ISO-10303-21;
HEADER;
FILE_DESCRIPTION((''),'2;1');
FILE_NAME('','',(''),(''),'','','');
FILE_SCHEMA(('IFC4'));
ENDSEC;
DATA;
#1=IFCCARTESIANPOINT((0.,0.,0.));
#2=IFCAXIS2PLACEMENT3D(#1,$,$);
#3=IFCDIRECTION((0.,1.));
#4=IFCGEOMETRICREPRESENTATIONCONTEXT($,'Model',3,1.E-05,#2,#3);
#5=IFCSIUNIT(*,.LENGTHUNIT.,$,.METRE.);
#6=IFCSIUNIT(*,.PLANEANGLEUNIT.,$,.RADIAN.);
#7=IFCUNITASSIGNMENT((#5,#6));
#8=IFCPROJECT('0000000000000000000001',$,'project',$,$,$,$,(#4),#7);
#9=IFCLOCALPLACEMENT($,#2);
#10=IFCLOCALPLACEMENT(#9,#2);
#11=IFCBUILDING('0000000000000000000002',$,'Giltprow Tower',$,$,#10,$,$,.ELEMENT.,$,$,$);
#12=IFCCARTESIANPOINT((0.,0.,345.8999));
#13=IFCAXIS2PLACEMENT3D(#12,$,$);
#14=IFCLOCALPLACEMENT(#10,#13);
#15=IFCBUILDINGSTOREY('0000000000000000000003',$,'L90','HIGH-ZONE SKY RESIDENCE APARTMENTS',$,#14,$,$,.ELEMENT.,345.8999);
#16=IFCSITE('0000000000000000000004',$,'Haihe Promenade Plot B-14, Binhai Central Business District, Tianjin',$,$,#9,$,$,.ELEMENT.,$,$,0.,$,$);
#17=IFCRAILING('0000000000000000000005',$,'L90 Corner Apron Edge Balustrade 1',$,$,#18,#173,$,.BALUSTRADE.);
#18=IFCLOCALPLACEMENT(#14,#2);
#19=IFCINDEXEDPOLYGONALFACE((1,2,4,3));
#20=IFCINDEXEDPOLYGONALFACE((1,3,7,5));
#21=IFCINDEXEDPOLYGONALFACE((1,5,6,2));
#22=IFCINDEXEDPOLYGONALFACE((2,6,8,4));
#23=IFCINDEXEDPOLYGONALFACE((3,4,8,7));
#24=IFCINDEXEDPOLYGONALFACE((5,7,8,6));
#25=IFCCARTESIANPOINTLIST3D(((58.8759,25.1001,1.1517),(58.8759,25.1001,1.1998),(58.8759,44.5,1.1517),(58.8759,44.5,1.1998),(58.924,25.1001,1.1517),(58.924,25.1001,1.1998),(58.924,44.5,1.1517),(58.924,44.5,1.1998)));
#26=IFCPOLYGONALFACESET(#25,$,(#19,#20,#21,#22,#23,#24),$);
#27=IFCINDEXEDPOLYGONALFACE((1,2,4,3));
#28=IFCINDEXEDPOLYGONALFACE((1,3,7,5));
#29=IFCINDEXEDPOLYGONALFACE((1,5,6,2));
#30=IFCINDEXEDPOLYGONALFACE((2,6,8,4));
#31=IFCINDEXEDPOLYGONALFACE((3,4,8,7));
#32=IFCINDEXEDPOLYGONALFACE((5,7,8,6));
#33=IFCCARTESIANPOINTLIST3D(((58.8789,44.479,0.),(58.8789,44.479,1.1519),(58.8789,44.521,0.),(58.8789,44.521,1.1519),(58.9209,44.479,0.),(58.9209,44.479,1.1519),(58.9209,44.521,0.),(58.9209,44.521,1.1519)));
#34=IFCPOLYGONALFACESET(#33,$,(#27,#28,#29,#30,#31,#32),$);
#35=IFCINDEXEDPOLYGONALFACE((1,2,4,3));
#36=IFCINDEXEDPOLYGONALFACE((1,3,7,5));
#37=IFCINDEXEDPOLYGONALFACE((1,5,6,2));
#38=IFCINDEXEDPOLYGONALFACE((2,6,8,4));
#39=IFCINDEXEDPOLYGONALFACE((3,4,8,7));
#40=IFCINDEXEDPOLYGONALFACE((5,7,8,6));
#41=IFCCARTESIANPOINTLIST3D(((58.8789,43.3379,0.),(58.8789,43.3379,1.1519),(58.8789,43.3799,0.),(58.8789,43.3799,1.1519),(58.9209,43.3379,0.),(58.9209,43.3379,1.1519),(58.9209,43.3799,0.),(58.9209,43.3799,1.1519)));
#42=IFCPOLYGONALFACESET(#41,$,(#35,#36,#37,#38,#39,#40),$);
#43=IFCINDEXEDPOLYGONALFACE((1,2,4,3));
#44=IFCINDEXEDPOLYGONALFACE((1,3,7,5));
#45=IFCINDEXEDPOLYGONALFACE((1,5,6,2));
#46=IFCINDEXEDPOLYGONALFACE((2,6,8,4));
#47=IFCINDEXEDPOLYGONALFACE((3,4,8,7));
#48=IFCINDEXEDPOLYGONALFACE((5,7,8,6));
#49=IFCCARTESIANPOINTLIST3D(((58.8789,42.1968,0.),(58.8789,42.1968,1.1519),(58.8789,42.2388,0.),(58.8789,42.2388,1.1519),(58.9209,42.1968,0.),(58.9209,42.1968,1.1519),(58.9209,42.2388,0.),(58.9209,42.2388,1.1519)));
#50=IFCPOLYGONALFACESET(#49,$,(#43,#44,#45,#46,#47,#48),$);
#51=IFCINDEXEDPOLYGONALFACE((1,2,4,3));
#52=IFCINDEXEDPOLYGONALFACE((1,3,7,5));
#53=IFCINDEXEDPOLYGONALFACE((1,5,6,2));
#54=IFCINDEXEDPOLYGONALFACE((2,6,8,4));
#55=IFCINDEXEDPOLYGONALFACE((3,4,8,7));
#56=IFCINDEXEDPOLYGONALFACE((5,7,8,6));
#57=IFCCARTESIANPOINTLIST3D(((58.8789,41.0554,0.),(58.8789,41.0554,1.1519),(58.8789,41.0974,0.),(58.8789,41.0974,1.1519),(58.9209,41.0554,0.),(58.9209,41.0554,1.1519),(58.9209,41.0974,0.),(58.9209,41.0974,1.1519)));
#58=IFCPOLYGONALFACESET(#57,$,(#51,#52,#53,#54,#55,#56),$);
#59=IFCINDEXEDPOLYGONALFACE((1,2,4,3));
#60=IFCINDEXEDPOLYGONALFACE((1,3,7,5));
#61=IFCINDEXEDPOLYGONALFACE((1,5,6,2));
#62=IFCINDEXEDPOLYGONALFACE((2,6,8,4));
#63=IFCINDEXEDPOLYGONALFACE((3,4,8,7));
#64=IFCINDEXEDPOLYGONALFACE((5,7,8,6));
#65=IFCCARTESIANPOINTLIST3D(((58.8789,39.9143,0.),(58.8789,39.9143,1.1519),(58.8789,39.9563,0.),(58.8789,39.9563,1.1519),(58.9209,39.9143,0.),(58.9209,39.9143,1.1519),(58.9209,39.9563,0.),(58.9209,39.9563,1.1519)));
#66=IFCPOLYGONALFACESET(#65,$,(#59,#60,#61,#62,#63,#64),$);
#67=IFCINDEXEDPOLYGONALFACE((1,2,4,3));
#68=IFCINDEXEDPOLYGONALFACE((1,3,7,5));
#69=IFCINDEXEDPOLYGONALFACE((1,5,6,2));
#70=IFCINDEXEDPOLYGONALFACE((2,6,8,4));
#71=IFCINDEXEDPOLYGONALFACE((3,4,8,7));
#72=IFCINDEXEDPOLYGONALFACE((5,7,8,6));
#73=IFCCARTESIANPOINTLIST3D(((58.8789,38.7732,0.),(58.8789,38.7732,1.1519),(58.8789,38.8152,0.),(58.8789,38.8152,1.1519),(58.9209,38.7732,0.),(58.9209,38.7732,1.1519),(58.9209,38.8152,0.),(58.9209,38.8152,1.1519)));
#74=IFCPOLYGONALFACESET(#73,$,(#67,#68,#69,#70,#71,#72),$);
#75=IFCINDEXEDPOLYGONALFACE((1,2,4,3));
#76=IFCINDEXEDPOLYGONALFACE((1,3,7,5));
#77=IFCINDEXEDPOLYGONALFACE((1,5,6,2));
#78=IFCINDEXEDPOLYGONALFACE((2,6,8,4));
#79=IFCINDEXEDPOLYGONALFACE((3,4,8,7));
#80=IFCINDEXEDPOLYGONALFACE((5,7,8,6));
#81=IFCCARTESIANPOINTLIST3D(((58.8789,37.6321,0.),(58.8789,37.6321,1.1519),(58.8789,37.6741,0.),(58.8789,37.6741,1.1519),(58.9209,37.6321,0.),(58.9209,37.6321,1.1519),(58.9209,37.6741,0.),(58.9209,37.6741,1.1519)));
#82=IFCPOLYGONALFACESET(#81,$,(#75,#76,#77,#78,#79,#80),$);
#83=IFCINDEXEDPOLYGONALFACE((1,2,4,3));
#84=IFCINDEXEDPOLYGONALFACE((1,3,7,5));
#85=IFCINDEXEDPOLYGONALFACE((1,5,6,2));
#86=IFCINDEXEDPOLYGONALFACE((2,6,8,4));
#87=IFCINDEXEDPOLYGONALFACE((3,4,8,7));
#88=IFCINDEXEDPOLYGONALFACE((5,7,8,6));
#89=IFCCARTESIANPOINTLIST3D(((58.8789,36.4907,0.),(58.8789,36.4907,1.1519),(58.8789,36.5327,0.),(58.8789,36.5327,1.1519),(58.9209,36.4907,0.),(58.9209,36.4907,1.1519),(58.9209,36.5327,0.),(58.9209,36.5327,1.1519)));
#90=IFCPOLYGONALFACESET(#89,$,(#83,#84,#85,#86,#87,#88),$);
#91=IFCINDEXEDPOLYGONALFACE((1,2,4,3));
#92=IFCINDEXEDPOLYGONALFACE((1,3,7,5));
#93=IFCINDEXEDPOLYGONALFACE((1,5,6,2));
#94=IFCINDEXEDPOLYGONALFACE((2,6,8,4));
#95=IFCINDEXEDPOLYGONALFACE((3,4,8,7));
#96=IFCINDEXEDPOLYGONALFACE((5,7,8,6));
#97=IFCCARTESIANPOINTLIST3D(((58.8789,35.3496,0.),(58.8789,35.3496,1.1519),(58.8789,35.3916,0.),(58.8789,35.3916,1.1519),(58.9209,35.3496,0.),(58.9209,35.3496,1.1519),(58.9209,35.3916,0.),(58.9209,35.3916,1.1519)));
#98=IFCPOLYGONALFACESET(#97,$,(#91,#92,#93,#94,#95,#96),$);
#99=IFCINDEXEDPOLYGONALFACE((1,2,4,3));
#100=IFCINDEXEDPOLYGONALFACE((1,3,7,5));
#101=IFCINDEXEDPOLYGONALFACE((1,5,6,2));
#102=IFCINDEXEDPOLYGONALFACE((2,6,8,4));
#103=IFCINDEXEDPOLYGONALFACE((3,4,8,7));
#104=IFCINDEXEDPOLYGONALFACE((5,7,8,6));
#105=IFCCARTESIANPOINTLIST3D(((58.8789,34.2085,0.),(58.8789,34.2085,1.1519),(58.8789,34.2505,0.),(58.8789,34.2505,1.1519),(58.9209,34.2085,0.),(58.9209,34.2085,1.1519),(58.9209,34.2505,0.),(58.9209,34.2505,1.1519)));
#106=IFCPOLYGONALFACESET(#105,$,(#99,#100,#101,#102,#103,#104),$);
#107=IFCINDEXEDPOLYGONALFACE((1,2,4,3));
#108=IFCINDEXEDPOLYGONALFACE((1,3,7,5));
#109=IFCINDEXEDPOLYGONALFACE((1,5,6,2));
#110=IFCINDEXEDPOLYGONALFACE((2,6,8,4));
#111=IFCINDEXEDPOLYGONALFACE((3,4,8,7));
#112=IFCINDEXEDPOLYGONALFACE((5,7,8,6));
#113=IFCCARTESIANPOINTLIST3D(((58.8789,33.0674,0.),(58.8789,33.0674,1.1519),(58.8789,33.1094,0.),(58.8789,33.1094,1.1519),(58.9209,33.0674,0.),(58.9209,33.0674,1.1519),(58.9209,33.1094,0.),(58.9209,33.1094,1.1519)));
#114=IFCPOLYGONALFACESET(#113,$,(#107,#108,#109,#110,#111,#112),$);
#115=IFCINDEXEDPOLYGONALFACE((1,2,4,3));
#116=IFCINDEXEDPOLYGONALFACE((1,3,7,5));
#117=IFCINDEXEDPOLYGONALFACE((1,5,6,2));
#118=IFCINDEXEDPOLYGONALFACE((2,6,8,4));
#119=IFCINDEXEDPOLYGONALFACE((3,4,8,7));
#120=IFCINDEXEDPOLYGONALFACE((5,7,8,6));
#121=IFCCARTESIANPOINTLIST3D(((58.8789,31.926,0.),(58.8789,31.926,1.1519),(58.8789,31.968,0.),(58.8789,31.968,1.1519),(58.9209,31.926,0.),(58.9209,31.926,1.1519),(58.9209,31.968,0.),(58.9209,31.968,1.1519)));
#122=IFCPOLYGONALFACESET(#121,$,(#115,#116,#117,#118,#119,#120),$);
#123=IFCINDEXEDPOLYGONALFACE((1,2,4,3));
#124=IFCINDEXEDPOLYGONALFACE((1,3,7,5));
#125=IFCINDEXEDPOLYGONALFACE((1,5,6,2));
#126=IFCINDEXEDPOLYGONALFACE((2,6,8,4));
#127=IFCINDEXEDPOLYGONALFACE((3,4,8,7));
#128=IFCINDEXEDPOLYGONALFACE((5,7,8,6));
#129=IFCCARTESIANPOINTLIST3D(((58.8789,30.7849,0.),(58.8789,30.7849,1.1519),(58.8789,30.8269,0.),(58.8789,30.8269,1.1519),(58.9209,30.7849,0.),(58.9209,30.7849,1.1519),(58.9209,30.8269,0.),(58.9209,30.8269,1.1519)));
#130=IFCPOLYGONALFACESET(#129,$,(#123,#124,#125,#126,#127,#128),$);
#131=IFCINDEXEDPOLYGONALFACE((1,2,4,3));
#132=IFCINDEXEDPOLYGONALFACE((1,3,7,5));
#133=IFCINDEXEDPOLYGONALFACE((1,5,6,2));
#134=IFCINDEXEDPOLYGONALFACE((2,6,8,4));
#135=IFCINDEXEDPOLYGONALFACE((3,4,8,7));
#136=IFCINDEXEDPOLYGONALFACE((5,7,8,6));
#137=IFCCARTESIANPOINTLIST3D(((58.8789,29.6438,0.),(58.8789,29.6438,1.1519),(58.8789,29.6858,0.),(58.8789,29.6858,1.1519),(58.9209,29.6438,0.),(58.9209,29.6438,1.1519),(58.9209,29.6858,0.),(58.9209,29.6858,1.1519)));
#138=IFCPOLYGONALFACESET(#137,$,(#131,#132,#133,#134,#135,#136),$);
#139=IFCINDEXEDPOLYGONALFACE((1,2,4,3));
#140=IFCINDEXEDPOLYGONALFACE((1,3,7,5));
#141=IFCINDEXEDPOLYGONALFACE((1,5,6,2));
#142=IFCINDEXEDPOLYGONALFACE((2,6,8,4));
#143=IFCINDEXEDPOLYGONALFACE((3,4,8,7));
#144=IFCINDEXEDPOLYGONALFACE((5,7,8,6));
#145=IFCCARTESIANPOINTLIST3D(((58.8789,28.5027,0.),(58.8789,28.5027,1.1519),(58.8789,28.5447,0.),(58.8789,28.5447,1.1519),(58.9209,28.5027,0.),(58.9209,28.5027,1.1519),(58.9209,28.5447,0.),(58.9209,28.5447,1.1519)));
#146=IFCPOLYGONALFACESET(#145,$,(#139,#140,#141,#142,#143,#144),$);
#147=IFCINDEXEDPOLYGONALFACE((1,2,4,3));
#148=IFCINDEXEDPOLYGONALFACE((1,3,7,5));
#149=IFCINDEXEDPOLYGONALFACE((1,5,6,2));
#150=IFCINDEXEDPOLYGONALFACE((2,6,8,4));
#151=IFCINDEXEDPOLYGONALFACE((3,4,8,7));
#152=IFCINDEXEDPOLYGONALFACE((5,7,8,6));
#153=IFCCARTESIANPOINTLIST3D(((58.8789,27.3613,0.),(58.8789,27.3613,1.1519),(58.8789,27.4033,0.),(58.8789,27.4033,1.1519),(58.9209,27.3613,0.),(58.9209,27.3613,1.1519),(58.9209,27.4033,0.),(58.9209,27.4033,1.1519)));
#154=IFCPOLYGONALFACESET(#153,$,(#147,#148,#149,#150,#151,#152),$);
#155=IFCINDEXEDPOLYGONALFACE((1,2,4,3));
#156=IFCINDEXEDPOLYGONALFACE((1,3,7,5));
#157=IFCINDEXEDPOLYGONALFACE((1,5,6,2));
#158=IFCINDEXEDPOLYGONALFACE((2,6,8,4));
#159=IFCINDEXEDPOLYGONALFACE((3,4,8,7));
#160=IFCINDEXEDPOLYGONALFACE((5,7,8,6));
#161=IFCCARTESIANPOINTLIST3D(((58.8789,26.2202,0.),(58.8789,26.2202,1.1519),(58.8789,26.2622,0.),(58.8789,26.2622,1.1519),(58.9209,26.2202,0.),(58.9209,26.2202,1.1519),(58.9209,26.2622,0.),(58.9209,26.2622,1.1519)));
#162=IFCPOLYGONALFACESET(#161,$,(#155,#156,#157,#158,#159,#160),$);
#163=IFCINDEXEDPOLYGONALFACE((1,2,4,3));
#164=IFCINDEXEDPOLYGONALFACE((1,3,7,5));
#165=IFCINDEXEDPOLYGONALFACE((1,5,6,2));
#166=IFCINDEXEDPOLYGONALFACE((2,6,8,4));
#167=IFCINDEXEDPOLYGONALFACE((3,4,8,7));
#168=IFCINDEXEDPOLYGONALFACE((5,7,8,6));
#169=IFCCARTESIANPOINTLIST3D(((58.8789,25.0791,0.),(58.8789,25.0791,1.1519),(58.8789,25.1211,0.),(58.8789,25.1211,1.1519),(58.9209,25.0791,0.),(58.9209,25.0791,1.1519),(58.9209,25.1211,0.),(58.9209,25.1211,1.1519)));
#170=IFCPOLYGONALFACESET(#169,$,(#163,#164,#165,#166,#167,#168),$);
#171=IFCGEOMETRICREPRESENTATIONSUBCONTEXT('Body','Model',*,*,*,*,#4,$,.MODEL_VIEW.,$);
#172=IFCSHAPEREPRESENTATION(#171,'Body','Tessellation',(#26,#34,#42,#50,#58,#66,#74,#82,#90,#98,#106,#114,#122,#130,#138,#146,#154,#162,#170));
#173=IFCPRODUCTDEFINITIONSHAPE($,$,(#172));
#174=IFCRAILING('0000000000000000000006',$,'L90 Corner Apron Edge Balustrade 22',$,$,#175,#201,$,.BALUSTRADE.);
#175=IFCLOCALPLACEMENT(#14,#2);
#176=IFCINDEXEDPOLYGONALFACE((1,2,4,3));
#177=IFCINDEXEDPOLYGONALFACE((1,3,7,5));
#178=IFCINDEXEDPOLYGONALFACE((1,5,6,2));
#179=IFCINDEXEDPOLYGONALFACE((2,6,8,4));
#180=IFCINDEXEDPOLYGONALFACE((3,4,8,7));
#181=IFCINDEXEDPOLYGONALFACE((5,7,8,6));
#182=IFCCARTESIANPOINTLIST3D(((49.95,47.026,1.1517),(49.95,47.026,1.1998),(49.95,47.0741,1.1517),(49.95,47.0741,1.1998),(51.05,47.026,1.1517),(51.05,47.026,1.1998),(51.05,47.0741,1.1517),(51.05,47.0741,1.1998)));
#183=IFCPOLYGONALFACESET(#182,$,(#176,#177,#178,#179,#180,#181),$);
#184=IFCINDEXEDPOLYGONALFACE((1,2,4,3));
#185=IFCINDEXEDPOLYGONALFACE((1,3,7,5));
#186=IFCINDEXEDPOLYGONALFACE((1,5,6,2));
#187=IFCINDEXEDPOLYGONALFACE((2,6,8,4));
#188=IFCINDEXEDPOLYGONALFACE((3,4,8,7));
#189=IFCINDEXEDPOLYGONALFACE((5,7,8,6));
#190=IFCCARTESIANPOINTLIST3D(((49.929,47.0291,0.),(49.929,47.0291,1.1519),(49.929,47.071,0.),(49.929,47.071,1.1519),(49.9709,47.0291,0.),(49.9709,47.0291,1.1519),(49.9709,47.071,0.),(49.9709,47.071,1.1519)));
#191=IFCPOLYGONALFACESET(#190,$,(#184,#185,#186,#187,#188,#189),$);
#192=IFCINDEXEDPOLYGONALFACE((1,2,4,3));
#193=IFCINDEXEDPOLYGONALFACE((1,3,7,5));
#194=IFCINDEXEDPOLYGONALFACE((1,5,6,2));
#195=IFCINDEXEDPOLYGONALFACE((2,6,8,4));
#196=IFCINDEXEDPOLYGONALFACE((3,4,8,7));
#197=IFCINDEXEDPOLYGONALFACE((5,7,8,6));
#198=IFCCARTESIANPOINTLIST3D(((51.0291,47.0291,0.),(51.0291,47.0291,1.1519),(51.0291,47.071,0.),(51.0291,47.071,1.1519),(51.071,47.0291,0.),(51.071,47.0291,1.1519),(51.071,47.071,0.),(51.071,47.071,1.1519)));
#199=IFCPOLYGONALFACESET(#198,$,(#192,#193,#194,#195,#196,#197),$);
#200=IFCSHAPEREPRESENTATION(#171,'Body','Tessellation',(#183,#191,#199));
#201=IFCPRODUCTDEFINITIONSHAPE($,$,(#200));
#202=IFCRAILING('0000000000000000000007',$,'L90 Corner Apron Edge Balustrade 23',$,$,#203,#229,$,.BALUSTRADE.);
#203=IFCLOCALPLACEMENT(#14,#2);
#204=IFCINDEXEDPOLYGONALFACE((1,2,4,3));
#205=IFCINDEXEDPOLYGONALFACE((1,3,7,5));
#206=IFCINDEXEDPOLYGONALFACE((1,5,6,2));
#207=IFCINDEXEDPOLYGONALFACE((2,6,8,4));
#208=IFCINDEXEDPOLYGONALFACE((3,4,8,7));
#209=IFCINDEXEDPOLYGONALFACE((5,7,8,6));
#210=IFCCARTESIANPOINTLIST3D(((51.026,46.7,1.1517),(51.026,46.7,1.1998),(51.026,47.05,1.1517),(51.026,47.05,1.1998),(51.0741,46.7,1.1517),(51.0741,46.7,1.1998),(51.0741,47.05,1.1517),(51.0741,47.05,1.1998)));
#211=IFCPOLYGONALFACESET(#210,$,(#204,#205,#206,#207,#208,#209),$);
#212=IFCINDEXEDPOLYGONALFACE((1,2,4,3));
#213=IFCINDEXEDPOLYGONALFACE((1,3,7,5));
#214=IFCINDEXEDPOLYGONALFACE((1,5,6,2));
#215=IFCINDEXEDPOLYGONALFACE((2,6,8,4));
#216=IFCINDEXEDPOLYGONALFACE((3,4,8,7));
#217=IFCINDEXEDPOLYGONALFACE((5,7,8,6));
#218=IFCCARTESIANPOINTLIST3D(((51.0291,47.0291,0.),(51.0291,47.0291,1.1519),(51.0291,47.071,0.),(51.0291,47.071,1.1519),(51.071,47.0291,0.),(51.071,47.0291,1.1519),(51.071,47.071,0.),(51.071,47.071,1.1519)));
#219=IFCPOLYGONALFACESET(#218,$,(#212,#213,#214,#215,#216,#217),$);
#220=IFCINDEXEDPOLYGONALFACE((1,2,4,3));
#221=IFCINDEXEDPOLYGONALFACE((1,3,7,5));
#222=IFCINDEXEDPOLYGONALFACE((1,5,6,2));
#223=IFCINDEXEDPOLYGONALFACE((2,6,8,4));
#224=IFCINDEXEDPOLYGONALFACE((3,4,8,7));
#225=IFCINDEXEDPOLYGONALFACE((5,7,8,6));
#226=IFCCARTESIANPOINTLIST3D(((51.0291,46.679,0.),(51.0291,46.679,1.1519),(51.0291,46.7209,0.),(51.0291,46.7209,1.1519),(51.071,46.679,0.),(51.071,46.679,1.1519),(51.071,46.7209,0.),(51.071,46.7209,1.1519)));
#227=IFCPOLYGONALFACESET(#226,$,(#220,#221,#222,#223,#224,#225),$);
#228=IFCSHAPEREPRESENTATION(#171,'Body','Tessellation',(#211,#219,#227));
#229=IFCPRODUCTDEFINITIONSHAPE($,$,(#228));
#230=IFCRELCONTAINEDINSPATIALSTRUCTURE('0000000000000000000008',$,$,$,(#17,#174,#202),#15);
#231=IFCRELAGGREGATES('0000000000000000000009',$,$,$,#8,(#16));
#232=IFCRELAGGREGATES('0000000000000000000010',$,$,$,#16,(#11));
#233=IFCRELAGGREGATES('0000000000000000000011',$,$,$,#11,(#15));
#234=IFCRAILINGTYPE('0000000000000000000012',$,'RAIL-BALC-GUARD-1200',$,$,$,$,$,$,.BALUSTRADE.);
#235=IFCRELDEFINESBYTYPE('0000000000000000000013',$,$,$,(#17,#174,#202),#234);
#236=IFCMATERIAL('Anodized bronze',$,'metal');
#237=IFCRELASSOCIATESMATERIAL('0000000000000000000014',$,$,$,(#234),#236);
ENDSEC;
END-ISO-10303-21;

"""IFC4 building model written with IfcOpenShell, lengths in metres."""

from ifc_helpers import new_model, si_unit, direction, frame, origin, origin_2d, place, context, subcontext, project, spatial, rectangle, extrude, material, type_object, element, save


model = new_model("IFC4")

# Units and contexts
model_context = context("Model", 3, precision=1e-05, world=origin(), true_north=direction((0.0, 1.0)))
body_context = subcontext(model_context, "Body", "Model", "MODEL_VIEW")
ifc_project = project(units=[si_unit("LENGTHUNIT", "METRE"), si_unit("PLANEANGLEUNIT", "RADIAN")], contexts=[model_context])

# Site, building, storey
site_placement = place(None, origin())
site = spatial("IfcSite", under=ifc_project, at=site_placement, Name="Haihe Promenade Plot B-14, Binhai Central Business District, Tianjin", CompositionType="ELEMENT", RefElevation=0.0)
building_placement = place(site_placement, origin())
building = spatial("IfcBuilding", under=site, at=building_placement, Name="Giltprow Tower", CompositionType="ELEMENT")
storey_placement = place(building_placement, frame((0.0, 0.0, 345.8999)))
storey = spatial("IfcBuildingStorey", under=building, at=storey_placement, Name="L90", Description="HIGH-ZONE SKY RESIDENCE APARTMENTS", CompositionType="ELEMENT", Elevation=345.8999)

# Railings
ifc_material_1 = material(Name="Anodized bronze", Category="metal")
railing_type = type_object("IfcRailingType", Name="RAIL-BALC-GUARD-1200", PredefinedType="BALUSTRADE", material=ifc_material_1)
railing_1_placement = place(storey_placement, frame((58.8999, 44.5, 0.0)))
element("IfcRailing", 1, at=railing_1_placement, inside=storey, type_object=railing_type, Name="L90 Corner Apron Edge Balustrade 1", PredefinedType="BALUSTRADE", context=body_context, shape_type="SweptSolid", body=[
    extrude(rectangle(XDim=0.0481, YDim=0.0481, at=origin_2d()), frame((0.0, 0.0, 1.1758), z_axis=(0.0, -1.0, 0.0), x_axis=(1.0, 0.0, 0.0)), (0.0, 0.0, 1.0), 19.3999),
    extrude(rectangle(XDim=0.042, YDim=0.042, at=origin_2d()), origin(), (0.0, 0.0, 1.0), 1.1519),
    extrude(rectangle(XDim=0.042, YDim=0.042, at=origin_2d()), frame((0.0, -1.1411, 0.0)), (0.0, 0.0, 1.0), 1.1519),
    extrude(rectangle(XDim=0.042, YDim=0.042, at=origin_2d()), frame((0.0, -2.2822, 0.0)), (0.0, 0.0, 1.0), 1.1519),
    extrude(rectangle(XDim=0.042, YDim=0.042, at=origin_2d()), frame((0.0, -3.4236, 0.0)), (0.0, 0.0, 1.0), 1.1519),
    extrude(rectangle(XDim=0.042, YDim=0.042, at=origin_2d()), frame((0.0, -4.5647, 0.0)), (0.0, 0.0, 1.0), 1.1519),
    extrude(rectangle(XDim=0.042, YDim=0.042, at=origin_2d()), frame((0.0, -5.7058, 0.0)), (0.0, 0.0, 1.0), 1.1519),
    extrude(rectangle(XDim=0.042, YDim=0.042, at=origin_2d()), frame((0.0, -6.8469, 0.0)), (0.0, 0.0, 1.0), 1.1519),
    extrude(rectangle(XDim=0.042, YDim=0.042, at=origin_2d()), frame((0.0, -7.9883, 0.0)), (0.0, 0.0, 1.0), 1.1519),
    extrude(rectangle(XDim=0.042, YDim=0.042, at=origin_2d()), frame((0.0, -9.1294, 0.0)), (0.0, 0.0, 1.0), 1.1519),
    extrude(rectangle(XDim=0.042, YDim=0.042, at=origin_2d()), frame((0.0, -10.2705, 0.0)), (0.0, 0.0, 1.0), 1.1519),
    extrude(rectangle(XDim=0.042, YDim=0.042, at=origin_2d()), frame((0.0, -11.4116, 0.0)), (0.0, 0.0, 1.0), 1.1519),
    extrude(rectangle(XDim=0.042, YDim=0.042, at=origin_2d()), frame((0.0, -12.553, 0.0)), (0.0, 0.0, 1.0), 1.1519),
    extrude(rectangle(XDim=0.042, YDim=0.042, at=origin_2d()), frame((0.0, -13.6941, 0.0)), (0.0, 0.0, 1.0), 1.1519),
    extrude(rectangle(XDim=0.042, YDim=0.042, at=origin_2d()), frame((0.0, -14.8352, 0.0)), (0.0, 0.0, 1.0), 1.1519),
    extrude(rectangle(XDim=0.042, YDim=0.042, at=origin_2d()), frame((0.0, -15.9763, 0.0)), (0.0, 0.0, 1.0), 1.1519),
    extrude(rectangle(XDim=0.042, YDim=0.042, at=origin_2d()), frame((0.0, -17.1177, 0.0)), (0.0, 0.0, 1.0), 1.1519),
    extrude(rectangle(XDim=0.042, YDim=0.042, at=origin_2d()), frame((0.0, -18.2588, 0.0)), (0.0, 0.0, 1.0), 1.1519),
    extrude(rectangle(XDim=0.042, YDim=0.042, at=origin_2d()), frame((0.0, -19.3999, 0.0)), (0.0, 0.0, 1.0), 1.1519),
])
railing_2_placement = place(storey_placement, frame((49.95, 47.05, 0.0)))
element("IfcRailing", 2, at=railing_2_placement, inside=storey, type_object=railing_type, Name="L90 Corner Apron Edge Balustrade 22", PredefinedType="BALUSTRADE", context=body_context, shape_type="SweptSolid", body=[
    extrude(rectangle(XDim=0.0481, YDim=0.0481, at=origin_2d()), frame((0.0, 0.0, 1.1758), z_axis=(1.0, 0.0, 0.0), x_axis=(0.0, 1.0, 0.0)), (0.0, 0.0, 1.0), 1.1001),
    extrude(rectangle(XDim=0.042, YDim=0.042, at=origin_2d()), origin(), (0.0, 0.0, 1.0), 1.1519),
    extrude(rectangle(XDim=0.042, YDim=0.042, at=origin_2d()), frame((1.1001, 0.0, 0.0)), (0.0, 0.0, 1.0), 1.1519),
])
railing_3_placement = place(storey_placement, frame((51.05, 47.05, 0.0)))
element("IfcRailing", 3, at=railing_3_placement, inside=storey, type_object=railing_type, Name="L90 Corner Apron Edge Balustrade 23", PredefinedType="BALUSTRADE", context=body_context, shape_type="SweptSolid", body=[
    extrude(rectangle(XDim=0.0481, YDim=0.0481, at=origin_2d()), frame((0.0, 0.0, 1.1758), z_axis=(0.0, -1.0, 0.0), x_axis=(1.0, 0.0, 0.0)), (0.0, 0.0, 1.0), 0.3501),
    extrude(rectangle(XDim=0.042, YDim=0.042, at=origin_2d()), origin(), (0.0, 0.0, 1.0), 1.1519),
    extrude(rectangle(XDim=0.042, YDim=0.042, at=origin_2d()), frame((0.0, -0.3501, 0.0)), (0.0, 0.0, 1.0), 1.1519),
])

save(model, "model.ifc")
